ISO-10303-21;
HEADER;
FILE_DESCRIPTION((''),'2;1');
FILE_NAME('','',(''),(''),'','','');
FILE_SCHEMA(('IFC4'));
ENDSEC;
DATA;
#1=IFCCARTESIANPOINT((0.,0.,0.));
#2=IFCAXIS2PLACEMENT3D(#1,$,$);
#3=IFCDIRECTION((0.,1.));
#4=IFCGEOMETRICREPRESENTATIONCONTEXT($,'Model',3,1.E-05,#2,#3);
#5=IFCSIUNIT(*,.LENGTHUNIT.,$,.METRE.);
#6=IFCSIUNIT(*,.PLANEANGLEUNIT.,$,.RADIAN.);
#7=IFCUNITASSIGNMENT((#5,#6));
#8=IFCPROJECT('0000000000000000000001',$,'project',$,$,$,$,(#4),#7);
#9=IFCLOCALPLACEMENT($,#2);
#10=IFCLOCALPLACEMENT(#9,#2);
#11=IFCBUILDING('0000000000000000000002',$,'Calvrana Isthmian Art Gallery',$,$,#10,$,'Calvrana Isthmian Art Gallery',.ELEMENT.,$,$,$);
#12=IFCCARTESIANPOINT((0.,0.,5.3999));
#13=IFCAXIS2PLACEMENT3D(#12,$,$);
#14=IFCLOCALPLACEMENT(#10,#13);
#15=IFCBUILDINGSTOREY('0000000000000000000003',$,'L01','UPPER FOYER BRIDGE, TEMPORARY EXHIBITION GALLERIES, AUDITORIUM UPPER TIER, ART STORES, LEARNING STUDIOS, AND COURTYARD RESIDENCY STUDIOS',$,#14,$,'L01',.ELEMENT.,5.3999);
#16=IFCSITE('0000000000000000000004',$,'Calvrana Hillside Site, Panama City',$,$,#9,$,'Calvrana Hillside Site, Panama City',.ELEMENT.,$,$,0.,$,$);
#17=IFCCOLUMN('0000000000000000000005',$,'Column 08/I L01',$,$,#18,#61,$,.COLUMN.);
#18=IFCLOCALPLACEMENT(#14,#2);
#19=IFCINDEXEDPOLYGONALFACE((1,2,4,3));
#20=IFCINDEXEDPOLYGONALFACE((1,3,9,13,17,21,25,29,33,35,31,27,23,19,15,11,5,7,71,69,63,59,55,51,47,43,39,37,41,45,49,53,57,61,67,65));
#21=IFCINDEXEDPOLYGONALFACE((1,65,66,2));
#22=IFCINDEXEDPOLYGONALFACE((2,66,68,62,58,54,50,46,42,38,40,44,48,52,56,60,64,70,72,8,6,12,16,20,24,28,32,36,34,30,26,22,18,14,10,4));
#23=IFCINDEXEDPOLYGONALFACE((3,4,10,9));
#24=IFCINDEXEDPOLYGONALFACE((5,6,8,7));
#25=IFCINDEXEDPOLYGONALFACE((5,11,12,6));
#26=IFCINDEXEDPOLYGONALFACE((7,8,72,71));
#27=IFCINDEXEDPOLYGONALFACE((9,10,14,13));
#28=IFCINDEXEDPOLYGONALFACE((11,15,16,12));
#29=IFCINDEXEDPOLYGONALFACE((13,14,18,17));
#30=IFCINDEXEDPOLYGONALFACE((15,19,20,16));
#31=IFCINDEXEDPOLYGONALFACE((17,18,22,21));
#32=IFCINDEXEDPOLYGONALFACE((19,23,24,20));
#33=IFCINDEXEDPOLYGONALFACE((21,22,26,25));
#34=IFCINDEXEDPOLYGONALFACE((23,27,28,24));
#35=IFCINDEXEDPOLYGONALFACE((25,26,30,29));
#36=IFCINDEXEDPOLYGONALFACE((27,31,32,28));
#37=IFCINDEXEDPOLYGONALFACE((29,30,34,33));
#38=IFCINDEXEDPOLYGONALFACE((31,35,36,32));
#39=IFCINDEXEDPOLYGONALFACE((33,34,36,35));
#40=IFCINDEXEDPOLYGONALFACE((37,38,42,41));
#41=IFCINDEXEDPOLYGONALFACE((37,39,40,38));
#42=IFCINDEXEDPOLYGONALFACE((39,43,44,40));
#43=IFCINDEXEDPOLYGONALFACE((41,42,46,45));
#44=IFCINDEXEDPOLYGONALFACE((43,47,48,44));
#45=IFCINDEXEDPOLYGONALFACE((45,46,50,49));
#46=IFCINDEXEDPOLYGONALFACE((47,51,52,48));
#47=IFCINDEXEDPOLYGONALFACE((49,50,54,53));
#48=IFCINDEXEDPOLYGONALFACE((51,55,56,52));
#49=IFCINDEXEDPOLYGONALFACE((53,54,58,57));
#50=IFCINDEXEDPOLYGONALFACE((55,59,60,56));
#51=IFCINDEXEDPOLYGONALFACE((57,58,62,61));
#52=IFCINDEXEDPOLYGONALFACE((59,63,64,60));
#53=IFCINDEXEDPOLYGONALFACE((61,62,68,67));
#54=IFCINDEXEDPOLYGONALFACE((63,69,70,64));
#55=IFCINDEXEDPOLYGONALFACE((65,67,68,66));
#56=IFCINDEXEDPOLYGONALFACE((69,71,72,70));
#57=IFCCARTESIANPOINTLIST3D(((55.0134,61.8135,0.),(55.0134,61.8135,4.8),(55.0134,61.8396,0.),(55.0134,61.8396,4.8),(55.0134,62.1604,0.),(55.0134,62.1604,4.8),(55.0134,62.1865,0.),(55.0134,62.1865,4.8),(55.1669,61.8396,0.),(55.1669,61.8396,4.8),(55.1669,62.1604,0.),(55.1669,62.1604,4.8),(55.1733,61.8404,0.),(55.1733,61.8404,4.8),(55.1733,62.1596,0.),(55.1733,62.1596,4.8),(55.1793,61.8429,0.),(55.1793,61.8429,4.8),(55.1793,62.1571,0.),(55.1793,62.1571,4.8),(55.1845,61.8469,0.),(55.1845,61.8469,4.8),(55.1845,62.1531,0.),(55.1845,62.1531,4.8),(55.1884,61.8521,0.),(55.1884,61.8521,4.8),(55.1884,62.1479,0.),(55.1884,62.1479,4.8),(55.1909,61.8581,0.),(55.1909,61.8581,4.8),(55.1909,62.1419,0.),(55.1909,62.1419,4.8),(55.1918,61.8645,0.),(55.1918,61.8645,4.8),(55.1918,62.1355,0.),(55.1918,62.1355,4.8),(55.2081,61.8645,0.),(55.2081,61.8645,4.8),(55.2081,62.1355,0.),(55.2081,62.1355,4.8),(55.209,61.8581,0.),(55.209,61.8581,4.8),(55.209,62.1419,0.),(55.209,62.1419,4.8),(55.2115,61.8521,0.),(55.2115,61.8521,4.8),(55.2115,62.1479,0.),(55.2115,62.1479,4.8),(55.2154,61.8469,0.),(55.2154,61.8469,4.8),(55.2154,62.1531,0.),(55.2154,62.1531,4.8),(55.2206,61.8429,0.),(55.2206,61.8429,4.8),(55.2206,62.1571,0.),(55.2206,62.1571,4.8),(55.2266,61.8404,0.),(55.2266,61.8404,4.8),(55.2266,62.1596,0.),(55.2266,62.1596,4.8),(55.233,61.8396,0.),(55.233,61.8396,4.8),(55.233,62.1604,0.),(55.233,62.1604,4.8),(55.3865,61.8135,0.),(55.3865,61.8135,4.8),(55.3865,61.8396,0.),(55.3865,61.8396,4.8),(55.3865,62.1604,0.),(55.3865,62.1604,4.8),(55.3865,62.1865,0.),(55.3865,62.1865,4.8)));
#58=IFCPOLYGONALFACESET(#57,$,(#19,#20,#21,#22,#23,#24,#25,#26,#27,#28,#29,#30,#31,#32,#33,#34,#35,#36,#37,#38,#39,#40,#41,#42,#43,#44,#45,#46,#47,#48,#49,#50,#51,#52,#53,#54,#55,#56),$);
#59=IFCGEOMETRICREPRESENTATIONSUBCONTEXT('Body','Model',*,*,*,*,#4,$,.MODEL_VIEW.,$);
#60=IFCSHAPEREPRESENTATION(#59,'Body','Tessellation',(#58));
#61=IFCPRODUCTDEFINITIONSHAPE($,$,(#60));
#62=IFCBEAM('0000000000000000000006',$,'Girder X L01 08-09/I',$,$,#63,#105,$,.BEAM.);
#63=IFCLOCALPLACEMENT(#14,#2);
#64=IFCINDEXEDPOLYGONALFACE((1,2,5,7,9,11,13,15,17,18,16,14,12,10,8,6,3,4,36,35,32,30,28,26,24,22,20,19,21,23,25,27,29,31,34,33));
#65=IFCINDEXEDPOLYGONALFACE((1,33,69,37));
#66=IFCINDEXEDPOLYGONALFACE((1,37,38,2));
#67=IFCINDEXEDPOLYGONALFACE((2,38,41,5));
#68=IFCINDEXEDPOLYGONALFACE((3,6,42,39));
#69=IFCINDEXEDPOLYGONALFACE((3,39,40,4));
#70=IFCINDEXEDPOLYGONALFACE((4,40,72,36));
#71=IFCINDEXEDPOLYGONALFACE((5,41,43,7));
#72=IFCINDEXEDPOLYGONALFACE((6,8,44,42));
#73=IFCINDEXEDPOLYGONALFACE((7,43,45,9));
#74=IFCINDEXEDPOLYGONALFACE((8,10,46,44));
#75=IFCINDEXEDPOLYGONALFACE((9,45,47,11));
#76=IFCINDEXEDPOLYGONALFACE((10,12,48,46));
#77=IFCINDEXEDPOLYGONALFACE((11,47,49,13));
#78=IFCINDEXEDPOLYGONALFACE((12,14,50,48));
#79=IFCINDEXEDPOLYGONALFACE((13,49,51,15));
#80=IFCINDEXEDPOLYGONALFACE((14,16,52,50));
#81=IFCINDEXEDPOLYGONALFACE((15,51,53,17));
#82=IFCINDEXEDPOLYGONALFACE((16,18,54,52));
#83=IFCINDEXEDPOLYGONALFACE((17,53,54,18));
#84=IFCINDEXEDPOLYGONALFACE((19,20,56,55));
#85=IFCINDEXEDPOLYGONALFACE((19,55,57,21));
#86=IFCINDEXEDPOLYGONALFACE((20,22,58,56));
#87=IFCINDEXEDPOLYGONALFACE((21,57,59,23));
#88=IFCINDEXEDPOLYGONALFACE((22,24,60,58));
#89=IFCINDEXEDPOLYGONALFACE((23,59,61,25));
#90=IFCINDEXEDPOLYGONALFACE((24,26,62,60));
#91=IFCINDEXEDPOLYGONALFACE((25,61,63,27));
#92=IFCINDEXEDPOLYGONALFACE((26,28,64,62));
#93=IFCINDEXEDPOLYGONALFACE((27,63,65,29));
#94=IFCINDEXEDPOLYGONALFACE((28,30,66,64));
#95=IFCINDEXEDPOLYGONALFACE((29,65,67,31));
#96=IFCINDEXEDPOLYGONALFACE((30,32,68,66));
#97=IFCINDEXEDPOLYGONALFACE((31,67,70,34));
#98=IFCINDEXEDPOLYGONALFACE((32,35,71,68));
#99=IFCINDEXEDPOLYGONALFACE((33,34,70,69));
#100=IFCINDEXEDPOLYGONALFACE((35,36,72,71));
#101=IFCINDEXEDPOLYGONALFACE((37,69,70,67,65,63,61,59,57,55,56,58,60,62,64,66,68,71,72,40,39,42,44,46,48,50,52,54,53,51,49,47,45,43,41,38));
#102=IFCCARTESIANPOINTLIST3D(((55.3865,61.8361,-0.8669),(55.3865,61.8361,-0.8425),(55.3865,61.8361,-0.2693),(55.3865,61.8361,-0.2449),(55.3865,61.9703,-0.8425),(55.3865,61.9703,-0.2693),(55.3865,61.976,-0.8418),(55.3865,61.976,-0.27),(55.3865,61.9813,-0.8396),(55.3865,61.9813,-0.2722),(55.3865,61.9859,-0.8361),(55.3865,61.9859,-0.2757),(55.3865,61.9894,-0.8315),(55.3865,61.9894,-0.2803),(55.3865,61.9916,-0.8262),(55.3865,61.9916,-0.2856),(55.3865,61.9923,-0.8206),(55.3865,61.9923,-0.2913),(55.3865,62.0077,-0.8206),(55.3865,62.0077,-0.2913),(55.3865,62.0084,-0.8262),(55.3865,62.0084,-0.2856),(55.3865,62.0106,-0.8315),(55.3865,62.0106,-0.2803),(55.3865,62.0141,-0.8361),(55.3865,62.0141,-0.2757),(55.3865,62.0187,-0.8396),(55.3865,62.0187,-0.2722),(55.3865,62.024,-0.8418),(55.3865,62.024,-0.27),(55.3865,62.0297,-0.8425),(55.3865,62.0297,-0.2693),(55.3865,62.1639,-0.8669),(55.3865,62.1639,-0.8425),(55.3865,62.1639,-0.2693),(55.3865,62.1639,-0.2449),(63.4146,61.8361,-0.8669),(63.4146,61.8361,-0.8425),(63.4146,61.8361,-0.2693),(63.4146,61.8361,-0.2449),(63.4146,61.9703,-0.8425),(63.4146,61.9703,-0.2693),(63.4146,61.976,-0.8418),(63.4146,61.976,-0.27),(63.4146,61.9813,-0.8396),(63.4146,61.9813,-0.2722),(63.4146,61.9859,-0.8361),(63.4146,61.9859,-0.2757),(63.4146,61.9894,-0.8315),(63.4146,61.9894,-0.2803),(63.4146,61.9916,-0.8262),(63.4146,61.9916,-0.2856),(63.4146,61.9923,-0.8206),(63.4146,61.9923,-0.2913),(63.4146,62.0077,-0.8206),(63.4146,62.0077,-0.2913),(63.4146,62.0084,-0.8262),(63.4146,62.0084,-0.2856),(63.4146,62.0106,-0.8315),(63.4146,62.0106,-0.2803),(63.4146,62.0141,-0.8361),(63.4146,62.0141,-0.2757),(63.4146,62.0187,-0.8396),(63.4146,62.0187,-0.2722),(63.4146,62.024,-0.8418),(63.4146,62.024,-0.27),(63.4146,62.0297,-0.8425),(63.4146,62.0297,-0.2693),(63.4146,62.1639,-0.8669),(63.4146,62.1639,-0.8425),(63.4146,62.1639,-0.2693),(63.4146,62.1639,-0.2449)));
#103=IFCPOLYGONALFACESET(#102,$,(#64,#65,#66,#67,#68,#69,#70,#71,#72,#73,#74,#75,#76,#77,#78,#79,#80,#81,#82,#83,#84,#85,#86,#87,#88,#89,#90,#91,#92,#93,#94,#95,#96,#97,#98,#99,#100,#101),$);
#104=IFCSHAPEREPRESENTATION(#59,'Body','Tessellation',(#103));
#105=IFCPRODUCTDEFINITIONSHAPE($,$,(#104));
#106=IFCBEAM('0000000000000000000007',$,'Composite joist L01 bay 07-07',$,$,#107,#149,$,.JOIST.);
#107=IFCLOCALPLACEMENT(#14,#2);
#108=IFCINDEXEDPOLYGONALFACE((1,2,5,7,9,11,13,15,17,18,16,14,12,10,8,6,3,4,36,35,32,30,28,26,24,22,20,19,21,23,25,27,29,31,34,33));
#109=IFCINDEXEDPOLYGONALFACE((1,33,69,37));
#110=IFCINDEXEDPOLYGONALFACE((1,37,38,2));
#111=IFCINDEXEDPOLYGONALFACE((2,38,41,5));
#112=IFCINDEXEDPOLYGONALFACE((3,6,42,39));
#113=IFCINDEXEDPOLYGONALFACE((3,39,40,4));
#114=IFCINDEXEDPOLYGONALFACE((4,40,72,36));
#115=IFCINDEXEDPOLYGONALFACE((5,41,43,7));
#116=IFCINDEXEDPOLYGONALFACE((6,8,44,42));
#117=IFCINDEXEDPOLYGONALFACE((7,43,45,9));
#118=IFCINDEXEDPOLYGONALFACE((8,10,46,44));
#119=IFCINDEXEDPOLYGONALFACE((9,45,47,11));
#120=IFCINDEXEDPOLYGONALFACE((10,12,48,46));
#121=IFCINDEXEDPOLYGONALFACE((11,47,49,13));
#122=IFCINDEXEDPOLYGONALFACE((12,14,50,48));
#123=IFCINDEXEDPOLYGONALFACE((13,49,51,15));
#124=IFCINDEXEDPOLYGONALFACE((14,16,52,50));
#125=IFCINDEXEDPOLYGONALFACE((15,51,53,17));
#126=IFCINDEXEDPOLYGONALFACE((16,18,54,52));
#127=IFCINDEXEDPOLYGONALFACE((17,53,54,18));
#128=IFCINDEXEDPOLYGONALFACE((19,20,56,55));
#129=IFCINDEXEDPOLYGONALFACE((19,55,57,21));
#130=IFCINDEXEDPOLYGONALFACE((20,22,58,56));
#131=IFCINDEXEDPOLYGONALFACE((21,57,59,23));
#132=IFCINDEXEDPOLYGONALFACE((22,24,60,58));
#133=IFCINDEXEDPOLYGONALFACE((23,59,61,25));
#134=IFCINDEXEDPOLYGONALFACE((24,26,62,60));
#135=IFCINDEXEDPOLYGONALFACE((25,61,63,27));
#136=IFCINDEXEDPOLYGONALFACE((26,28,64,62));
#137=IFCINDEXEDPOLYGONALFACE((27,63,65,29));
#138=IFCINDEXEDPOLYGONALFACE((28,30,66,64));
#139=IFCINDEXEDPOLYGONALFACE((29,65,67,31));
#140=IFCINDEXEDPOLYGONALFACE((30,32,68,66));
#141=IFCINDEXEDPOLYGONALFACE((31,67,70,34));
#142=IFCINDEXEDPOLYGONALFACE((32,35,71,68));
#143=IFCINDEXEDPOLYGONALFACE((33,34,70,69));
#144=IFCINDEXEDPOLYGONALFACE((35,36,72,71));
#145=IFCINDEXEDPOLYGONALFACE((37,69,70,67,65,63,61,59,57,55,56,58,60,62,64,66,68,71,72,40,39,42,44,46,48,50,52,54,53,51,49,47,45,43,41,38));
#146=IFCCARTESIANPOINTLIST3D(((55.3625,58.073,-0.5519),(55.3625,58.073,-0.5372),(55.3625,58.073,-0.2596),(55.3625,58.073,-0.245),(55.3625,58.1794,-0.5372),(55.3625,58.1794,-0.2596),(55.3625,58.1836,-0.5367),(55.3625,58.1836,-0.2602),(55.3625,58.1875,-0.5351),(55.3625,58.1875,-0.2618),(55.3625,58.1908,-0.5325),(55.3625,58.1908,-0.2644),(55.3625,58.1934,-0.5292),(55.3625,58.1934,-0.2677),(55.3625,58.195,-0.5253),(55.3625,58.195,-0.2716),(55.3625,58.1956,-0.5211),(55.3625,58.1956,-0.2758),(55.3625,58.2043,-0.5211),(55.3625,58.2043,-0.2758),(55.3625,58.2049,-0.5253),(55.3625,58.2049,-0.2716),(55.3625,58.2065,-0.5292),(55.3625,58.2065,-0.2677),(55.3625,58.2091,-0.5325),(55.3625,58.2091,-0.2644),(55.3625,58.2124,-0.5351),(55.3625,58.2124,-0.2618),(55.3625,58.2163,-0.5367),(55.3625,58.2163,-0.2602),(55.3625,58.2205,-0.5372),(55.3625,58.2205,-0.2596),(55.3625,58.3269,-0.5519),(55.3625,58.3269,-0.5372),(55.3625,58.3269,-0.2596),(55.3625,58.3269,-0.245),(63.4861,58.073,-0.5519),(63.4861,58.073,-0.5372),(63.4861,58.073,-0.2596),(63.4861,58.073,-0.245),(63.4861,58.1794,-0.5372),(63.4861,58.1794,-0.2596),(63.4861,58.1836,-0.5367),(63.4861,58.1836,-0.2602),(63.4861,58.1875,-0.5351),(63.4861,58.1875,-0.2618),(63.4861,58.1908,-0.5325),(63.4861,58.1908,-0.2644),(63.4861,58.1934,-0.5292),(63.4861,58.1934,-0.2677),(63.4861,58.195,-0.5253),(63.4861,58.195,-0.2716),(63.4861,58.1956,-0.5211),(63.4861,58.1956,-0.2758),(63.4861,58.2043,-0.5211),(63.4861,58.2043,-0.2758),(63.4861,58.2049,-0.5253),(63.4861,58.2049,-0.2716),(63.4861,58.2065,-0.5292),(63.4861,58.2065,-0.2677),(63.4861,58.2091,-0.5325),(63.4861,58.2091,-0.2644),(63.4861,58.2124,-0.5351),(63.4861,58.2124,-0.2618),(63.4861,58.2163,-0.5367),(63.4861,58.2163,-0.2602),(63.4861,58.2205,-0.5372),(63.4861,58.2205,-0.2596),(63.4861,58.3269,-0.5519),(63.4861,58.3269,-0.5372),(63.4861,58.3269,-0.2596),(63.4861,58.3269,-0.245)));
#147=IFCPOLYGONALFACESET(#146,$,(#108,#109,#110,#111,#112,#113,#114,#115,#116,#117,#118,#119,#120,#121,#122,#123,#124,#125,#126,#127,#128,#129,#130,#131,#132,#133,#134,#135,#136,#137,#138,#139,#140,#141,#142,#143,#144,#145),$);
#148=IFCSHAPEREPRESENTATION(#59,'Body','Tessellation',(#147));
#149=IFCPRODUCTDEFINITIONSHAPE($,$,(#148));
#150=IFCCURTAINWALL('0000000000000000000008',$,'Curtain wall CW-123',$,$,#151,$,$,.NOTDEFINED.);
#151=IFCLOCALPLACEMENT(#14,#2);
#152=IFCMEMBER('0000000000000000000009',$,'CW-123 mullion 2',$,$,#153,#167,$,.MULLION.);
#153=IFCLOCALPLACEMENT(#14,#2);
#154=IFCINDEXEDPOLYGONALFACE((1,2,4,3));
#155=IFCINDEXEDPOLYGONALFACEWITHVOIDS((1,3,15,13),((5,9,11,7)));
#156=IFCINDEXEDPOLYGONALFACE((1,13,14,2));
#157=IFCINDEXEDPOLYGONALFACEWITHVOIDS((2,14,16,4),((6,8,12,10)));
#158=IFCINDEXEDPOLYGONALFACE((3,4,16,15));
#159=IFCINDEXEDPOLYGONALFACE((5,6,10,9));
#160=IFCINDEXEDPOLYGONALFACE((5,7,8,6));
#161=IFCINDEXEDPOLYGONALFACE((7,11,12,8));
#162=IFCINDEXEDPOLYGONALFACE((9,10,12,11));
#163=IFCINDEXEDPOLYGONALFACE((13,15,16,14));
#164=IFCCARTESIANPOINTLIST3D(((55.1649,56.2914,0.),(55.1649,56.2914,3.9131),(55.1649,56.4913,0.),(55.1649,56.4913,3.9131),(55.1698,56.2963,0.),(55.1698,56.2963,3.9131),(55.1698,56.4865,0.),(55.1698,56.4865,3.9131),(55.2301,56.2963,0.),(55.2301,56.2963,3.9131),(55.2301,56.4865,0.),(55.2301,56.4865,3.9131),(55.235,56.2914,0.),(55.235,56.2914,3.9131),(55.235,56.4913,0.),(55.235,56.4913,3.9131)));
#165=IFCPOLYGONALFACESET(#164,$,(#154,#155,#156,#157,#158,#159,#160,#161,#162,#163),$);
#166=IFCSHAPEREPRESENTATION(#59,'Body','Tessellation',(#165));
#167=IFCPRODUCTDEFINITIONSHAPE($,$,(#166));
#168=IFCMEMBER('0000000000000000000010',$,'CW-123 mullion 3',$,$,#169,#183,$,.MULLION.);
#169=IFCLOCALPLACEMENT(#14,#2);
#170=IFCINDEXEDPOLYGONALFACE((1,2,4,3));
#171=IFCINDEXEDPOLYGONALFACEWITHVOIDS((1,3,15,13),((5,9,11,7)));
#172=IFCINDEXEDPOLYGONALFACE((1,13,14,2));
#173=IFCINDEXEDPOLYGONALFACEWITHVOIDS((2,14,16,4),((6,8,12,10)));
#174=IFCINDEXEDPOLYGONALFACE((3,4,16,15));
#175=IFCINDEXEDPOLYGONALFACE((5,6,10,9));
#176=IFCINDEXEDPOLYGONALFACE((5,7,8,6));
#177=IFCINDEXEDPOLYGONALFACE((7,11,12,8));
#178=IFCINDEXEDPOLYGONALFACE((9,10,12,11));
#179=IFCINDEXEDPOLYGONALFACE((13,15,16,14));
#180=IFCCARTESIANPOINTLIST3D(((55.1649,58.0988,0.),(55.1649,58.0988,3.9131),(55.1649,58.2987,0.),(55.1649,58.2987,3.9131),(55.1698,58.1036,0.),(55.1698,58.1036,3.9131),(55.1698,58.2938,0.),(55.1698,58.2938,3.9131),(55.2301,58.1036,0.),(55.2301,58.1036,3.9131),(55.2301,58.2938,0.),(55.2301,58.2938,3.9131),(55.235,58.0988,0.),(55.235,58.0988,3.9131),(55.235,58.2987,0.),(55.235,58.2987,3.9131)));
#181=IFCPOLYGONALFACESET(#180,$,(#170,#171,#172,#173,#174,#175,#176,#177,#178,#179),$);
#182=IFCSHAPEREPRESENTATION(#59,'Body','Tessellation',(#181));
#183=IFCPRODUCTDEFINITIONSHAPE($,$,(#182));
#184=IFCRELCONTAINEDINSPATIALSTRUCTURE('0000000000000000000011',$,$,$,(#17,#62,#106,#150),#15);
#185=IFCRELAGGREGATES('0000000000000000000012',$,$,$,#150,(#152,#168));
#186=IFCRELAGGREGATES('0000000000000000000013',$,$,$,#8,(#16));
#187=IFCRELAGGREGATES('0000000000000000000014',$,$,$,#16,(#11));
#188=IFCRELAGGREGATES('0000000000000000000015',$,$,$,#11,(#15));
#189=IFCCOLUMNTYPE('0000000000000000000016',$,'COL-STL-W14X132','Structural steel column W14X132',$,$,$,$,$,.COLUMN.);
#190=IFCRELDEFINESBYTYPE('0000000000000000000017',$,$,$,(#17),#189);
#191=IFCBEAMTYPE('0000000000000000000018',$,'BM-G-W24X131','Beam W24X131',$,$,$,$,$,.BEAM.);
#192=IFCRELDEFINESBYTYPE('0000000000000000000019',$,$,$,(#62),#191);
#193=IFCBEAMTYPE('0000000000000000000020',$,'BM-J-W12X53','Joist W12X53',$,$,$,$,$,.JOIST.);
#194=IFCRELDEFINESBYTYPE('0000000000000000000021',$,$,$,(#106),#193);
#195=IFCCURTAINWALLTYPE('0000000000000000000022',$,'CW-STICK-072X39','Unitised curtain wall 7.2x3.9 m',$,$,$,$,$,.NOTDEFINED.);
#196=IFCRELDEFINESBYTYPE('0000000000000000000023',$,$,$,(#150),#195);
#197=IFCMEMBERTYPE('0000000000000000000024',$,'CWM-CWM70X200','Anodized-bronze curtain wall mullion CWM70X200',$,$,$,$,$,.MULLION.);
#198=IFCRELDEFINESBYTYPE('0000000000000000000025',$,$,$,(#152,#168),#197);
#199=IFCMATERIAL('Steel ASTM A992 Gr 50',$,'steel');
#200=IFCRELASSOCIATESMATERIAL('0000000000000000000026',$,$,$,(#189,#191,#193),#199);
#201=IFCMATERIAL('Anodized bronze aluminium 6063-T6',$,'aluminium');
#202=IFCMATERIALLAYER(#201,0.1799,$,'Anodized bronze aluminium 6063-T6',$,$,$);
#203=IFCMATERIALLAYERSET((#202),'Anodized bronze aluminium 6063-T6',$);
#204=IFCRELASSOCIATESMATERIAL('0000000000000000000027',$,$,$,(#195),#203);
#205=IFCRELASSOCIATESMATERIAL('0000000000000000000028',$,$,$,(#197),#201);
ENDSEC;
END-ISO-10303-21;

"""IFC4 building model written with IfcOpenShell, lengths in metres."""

from ifc_helpers import new_model, si_unit, direction, frame, origin, origin_2d, place, context, subcontext, project, spatial, hollow_rectangle, i_section, extrude, material, layer, layer_set, material_profile, profile_set, type_object, element, aggregate, save


model = new_model("IFC4")

# Units and contexts
model_context = context("Model", 3, precision=1e-05, world=origin(), true_north=direction((0.0, 1.0)))
body_context = subcontext(model_context, "Body", "Model", "MODEL_VIEW")
ifc_project = project(units=[si_unit("LENGTHUNIT", "METRE"), si_unit("PLANEANGLEUNIT", "RADIAN")], contexts=[model_context])

# Site, building, storey
site_placement = place(None, origin())
site = spatial("IfcSite", under=ifc_project, at=site_placement, Name="Calvrana Hillside Site, Panama City", LongName="Calvrana Hillside Site, Panama City", CompositionType="ELEMENT", RefElevation=0.0)
building_placement = place(site_placement, origin())
building = spatial("IfcBuilding", under=site, at=building_placement, Name="Calvrana Isthmian Art Gallery", LongName="Calvrana Isthmian Art Gallery", CompositionType="ELEMENT")
storey_placement = place(building_placement, frame((0.0, 0.0, 5.3999)))
storey = spatial("IfcBuildingStorey", under=building, at=storey_placement, Name="L01", Description="UPPER FOYER BRIDGE, TEMPORARY EXHIBITION GALLERIES, AUDITORIUM UPPER TIER, ART STORES, LEARNING STUDIOS, AND COURTYARD RESIDENCY STUDIOS", LongName="L01", CompositionType="ELEMENT", Elevation=5.3999)

# Column
ifc_material_1 = material(Name="Steel ASTM A992 Gr 50", Category="steel")
ifc_material_profile_1 = material_profile(ifc_material_1, i_section(OverallWidth=0.373, OverallDepth=0.373, WebThickness=0.0164, FlangeThickness=0.0261, FilletRadius=0.0249, at=origin_2d()), Name="W14X132")
ifc_profile_set_1 = profile_set([ifc_material_profile_1], Name="Steel ASTM A992 Gr 50")
column_type = type_object("IfcColumnType", Name="COL-STL-W14X132", Description="Structural steel column W14X132", PredefinedType="COLUMN", material=ifc_profile_set_1)
column_placement = place(storey_placement, frame((55.2, 62.0, 0.0), z_axis=(0.0, 0.0, 1.0), x_axis=(1.0, 0.0, 0.0)))
element("IfcColumn", 1, at=column_placement, inside=storey, type_object=column_type, Name="Column 08/I L01", PredefinedType="COLUMN", context=body_context, shape_type="SweptSolid", body=[
    extrude(i_section(OverallWidth=0.373, OverallDepth=0.373, WebThickness=0.0164, FlangeThickness=0.0261, FilletRadius=0.0249, at=origin_2d()), origin(), (0.0, 0.0, 1.0), 4.8),
])

# Beams
ifc_material_profile_2 = material_profile(ifc_material_1, i_section(OverallWidth=0.3279, OverallDepth=0.6221, WebThickness=0.0154, FlangeThickness=0.0244, FilletRadius=0.022, at=origin_2d()), Name="W24X131")
ifc_profile_set_2 = profile_set([ifc_material_profile_2], Name="Steel ASTM A992 Gr 50")
beam_type_1 = type_object("IfcBeamType", Name="BM-G-W24X131", Description="Beam W24X131", PredefinedType="BEAM", material=ifc_profile_set_2)
beam_1_placement = place(storey_placement, frame((55.3865, 62.0, -0.5559), z_axis=(1.0, 0.0, 0.0), x_axis=(0.0, 1.0, 0.0)))
element("IfcBeam", 2, at=beam_1_placement, inside=storey, type_object=beam_type_1, Name="Girder X L01 08-09/I", PredefinedType="BEAM", context=body_context, shape_type="SweptSolid", body=[
    extrude(i_section(OverallWidth=0.3279, OverallDepth=0.6221, WebThickness=0.0154, FlangeThickness=0.0244, FilletRadius=0.022, at=origin_2d()), origin(), (0.0, 0.0, 1.0), 8.0281),
])
ifc_material_profile_3 = material_profile(ifc_material_1, i_section(OverallWidth=0.2539, OverallDepth=0.3069, WebThickness=0.0088, FlangeThickness=0.0146, FilletRadius=0.0161, at=origin_2d()), Name="W12X53")
ifc_profile_set_3 = profile_set([ifc_material_profile_3], Name="Steel ASTM A992 Gr 50")
beam_type_2 = type_object("IfcBeamType", Name="BM-J-W12X53", Description="Joist W12X53", PredefinedType="JOIST", material=ifc_profile_set_3)
beam_2_placement = place(storey_placement, frame((55.3625, 58.2, -0.3984), z_axis=(1.0, 0.0, 0.0), x_axis=(0.0, 1.0, 0.0)))
element("IfcBeam", 3, at=beam_2_placement, inside=storey, type_object=beam_type_2, Name="Composite joist L01 bay 07-07", PredefinedType="JOIST", context=body_context, shape_type="SweptSolid", body=[
    extrude(i_section(OverallWidth=0.2539, OverallDepth=0.3069, WebThickness=0.0088, FlangeThickness=0.0146, FilletRadius=0.0161, at=origin_2d()), origin(), (0.0, 0.0, 1.0), 8.1235),
])

# Curtain wall, members
ifc_material_2 = material(Name="Anodized bronze aluminium 6063-T6", Category="aluminium")
ifc_layer_1 = layer(ifc_material_2, 0.1799, Name="Anodized bronze aluminium 6063-T6")
ifc_layer_set_1 = layer_set([ifc_layer_1], Name="Anodized bronze aluminium 6063-T6")
curtain_wall_type = type_object("IfcCurtainWallType", Name="CW-STICK-072X39", Description="Unitised curtain wall 7.2x3.9 m", PredefinedType="NOTDEFINED", material=ifc_layer_set_1)
curtain_wall_placement = place(storey_placement, origin())
curtain_wall = element("IfcCurtainWall", 4, at=curtain_wall_placement, inside=storey, type_object=curtain_wall_type, Name="Curtain wall CW-123", PredefinedType="NOTDEFINED")
ifc_material_profile_4 = material_profile(ifc_material_2, hollow_rectangle(XDim=0.0701, YDim=0.2, WallThickness=0.0049, at=origin_2d()), Name="CWM70X200")
ifc_profile_set_4 = profile_set([ifc_material_profile_4], Name="Anodized bronze aluminium 6063-T6")
member_type_1 = type_object("IfcMemberType", Name="CWM-CWM70X200", Description="Anodized-bronze curtain wall mullion CWM70X200", PredefinedType="MULLION", material=ifc_profile_set_4)
member_1_placement = place(storey_placement, frame((55.2, 56.3914, 0.0), z_axis=(0.0, 0.0, 1.0), x_axis=(-1.0, 0.0, 0.0)))
member_1 = element("IfcMember", 5, at=member_1_placement, type_object=member_type_1, Name="CW-123 mullion 2", PredefinedType="MULLION", context=body_context, shape_type="SweptSolid", body=[
    extrude(hollow_rectangle(XDim=0.0701, YDim=0.2, WallThickness=0.0049, at=origin_2d()), origin(), (0.0, 0.0, 1.0), 3.9131),
])
member_2_placement = place(storey_placement, frame((55.2, 58.1987, 0.0), z_axis=(0.0, 0.0, 1.0), x_axis=(-1.0, 0.0, 0.0)))
member_2 = element("IfcMember", 6, at=member_2_placement, type_object=member_type_1, Name="CW-123 mullion 3", PredefinedType="MULLION", context=body_context, shape_type="SweptSolid", body=[
    extrude(hollow_rectangle(XDim=0.0701, YDim=0.2, WallThickness=0.0049, at=origin_2d()), origin(), (0.0, 0.0, 1.0), 3.9131),
])
aggregate(curtain_wall, [member_1, member_2])

save(model, "model.ifc")
